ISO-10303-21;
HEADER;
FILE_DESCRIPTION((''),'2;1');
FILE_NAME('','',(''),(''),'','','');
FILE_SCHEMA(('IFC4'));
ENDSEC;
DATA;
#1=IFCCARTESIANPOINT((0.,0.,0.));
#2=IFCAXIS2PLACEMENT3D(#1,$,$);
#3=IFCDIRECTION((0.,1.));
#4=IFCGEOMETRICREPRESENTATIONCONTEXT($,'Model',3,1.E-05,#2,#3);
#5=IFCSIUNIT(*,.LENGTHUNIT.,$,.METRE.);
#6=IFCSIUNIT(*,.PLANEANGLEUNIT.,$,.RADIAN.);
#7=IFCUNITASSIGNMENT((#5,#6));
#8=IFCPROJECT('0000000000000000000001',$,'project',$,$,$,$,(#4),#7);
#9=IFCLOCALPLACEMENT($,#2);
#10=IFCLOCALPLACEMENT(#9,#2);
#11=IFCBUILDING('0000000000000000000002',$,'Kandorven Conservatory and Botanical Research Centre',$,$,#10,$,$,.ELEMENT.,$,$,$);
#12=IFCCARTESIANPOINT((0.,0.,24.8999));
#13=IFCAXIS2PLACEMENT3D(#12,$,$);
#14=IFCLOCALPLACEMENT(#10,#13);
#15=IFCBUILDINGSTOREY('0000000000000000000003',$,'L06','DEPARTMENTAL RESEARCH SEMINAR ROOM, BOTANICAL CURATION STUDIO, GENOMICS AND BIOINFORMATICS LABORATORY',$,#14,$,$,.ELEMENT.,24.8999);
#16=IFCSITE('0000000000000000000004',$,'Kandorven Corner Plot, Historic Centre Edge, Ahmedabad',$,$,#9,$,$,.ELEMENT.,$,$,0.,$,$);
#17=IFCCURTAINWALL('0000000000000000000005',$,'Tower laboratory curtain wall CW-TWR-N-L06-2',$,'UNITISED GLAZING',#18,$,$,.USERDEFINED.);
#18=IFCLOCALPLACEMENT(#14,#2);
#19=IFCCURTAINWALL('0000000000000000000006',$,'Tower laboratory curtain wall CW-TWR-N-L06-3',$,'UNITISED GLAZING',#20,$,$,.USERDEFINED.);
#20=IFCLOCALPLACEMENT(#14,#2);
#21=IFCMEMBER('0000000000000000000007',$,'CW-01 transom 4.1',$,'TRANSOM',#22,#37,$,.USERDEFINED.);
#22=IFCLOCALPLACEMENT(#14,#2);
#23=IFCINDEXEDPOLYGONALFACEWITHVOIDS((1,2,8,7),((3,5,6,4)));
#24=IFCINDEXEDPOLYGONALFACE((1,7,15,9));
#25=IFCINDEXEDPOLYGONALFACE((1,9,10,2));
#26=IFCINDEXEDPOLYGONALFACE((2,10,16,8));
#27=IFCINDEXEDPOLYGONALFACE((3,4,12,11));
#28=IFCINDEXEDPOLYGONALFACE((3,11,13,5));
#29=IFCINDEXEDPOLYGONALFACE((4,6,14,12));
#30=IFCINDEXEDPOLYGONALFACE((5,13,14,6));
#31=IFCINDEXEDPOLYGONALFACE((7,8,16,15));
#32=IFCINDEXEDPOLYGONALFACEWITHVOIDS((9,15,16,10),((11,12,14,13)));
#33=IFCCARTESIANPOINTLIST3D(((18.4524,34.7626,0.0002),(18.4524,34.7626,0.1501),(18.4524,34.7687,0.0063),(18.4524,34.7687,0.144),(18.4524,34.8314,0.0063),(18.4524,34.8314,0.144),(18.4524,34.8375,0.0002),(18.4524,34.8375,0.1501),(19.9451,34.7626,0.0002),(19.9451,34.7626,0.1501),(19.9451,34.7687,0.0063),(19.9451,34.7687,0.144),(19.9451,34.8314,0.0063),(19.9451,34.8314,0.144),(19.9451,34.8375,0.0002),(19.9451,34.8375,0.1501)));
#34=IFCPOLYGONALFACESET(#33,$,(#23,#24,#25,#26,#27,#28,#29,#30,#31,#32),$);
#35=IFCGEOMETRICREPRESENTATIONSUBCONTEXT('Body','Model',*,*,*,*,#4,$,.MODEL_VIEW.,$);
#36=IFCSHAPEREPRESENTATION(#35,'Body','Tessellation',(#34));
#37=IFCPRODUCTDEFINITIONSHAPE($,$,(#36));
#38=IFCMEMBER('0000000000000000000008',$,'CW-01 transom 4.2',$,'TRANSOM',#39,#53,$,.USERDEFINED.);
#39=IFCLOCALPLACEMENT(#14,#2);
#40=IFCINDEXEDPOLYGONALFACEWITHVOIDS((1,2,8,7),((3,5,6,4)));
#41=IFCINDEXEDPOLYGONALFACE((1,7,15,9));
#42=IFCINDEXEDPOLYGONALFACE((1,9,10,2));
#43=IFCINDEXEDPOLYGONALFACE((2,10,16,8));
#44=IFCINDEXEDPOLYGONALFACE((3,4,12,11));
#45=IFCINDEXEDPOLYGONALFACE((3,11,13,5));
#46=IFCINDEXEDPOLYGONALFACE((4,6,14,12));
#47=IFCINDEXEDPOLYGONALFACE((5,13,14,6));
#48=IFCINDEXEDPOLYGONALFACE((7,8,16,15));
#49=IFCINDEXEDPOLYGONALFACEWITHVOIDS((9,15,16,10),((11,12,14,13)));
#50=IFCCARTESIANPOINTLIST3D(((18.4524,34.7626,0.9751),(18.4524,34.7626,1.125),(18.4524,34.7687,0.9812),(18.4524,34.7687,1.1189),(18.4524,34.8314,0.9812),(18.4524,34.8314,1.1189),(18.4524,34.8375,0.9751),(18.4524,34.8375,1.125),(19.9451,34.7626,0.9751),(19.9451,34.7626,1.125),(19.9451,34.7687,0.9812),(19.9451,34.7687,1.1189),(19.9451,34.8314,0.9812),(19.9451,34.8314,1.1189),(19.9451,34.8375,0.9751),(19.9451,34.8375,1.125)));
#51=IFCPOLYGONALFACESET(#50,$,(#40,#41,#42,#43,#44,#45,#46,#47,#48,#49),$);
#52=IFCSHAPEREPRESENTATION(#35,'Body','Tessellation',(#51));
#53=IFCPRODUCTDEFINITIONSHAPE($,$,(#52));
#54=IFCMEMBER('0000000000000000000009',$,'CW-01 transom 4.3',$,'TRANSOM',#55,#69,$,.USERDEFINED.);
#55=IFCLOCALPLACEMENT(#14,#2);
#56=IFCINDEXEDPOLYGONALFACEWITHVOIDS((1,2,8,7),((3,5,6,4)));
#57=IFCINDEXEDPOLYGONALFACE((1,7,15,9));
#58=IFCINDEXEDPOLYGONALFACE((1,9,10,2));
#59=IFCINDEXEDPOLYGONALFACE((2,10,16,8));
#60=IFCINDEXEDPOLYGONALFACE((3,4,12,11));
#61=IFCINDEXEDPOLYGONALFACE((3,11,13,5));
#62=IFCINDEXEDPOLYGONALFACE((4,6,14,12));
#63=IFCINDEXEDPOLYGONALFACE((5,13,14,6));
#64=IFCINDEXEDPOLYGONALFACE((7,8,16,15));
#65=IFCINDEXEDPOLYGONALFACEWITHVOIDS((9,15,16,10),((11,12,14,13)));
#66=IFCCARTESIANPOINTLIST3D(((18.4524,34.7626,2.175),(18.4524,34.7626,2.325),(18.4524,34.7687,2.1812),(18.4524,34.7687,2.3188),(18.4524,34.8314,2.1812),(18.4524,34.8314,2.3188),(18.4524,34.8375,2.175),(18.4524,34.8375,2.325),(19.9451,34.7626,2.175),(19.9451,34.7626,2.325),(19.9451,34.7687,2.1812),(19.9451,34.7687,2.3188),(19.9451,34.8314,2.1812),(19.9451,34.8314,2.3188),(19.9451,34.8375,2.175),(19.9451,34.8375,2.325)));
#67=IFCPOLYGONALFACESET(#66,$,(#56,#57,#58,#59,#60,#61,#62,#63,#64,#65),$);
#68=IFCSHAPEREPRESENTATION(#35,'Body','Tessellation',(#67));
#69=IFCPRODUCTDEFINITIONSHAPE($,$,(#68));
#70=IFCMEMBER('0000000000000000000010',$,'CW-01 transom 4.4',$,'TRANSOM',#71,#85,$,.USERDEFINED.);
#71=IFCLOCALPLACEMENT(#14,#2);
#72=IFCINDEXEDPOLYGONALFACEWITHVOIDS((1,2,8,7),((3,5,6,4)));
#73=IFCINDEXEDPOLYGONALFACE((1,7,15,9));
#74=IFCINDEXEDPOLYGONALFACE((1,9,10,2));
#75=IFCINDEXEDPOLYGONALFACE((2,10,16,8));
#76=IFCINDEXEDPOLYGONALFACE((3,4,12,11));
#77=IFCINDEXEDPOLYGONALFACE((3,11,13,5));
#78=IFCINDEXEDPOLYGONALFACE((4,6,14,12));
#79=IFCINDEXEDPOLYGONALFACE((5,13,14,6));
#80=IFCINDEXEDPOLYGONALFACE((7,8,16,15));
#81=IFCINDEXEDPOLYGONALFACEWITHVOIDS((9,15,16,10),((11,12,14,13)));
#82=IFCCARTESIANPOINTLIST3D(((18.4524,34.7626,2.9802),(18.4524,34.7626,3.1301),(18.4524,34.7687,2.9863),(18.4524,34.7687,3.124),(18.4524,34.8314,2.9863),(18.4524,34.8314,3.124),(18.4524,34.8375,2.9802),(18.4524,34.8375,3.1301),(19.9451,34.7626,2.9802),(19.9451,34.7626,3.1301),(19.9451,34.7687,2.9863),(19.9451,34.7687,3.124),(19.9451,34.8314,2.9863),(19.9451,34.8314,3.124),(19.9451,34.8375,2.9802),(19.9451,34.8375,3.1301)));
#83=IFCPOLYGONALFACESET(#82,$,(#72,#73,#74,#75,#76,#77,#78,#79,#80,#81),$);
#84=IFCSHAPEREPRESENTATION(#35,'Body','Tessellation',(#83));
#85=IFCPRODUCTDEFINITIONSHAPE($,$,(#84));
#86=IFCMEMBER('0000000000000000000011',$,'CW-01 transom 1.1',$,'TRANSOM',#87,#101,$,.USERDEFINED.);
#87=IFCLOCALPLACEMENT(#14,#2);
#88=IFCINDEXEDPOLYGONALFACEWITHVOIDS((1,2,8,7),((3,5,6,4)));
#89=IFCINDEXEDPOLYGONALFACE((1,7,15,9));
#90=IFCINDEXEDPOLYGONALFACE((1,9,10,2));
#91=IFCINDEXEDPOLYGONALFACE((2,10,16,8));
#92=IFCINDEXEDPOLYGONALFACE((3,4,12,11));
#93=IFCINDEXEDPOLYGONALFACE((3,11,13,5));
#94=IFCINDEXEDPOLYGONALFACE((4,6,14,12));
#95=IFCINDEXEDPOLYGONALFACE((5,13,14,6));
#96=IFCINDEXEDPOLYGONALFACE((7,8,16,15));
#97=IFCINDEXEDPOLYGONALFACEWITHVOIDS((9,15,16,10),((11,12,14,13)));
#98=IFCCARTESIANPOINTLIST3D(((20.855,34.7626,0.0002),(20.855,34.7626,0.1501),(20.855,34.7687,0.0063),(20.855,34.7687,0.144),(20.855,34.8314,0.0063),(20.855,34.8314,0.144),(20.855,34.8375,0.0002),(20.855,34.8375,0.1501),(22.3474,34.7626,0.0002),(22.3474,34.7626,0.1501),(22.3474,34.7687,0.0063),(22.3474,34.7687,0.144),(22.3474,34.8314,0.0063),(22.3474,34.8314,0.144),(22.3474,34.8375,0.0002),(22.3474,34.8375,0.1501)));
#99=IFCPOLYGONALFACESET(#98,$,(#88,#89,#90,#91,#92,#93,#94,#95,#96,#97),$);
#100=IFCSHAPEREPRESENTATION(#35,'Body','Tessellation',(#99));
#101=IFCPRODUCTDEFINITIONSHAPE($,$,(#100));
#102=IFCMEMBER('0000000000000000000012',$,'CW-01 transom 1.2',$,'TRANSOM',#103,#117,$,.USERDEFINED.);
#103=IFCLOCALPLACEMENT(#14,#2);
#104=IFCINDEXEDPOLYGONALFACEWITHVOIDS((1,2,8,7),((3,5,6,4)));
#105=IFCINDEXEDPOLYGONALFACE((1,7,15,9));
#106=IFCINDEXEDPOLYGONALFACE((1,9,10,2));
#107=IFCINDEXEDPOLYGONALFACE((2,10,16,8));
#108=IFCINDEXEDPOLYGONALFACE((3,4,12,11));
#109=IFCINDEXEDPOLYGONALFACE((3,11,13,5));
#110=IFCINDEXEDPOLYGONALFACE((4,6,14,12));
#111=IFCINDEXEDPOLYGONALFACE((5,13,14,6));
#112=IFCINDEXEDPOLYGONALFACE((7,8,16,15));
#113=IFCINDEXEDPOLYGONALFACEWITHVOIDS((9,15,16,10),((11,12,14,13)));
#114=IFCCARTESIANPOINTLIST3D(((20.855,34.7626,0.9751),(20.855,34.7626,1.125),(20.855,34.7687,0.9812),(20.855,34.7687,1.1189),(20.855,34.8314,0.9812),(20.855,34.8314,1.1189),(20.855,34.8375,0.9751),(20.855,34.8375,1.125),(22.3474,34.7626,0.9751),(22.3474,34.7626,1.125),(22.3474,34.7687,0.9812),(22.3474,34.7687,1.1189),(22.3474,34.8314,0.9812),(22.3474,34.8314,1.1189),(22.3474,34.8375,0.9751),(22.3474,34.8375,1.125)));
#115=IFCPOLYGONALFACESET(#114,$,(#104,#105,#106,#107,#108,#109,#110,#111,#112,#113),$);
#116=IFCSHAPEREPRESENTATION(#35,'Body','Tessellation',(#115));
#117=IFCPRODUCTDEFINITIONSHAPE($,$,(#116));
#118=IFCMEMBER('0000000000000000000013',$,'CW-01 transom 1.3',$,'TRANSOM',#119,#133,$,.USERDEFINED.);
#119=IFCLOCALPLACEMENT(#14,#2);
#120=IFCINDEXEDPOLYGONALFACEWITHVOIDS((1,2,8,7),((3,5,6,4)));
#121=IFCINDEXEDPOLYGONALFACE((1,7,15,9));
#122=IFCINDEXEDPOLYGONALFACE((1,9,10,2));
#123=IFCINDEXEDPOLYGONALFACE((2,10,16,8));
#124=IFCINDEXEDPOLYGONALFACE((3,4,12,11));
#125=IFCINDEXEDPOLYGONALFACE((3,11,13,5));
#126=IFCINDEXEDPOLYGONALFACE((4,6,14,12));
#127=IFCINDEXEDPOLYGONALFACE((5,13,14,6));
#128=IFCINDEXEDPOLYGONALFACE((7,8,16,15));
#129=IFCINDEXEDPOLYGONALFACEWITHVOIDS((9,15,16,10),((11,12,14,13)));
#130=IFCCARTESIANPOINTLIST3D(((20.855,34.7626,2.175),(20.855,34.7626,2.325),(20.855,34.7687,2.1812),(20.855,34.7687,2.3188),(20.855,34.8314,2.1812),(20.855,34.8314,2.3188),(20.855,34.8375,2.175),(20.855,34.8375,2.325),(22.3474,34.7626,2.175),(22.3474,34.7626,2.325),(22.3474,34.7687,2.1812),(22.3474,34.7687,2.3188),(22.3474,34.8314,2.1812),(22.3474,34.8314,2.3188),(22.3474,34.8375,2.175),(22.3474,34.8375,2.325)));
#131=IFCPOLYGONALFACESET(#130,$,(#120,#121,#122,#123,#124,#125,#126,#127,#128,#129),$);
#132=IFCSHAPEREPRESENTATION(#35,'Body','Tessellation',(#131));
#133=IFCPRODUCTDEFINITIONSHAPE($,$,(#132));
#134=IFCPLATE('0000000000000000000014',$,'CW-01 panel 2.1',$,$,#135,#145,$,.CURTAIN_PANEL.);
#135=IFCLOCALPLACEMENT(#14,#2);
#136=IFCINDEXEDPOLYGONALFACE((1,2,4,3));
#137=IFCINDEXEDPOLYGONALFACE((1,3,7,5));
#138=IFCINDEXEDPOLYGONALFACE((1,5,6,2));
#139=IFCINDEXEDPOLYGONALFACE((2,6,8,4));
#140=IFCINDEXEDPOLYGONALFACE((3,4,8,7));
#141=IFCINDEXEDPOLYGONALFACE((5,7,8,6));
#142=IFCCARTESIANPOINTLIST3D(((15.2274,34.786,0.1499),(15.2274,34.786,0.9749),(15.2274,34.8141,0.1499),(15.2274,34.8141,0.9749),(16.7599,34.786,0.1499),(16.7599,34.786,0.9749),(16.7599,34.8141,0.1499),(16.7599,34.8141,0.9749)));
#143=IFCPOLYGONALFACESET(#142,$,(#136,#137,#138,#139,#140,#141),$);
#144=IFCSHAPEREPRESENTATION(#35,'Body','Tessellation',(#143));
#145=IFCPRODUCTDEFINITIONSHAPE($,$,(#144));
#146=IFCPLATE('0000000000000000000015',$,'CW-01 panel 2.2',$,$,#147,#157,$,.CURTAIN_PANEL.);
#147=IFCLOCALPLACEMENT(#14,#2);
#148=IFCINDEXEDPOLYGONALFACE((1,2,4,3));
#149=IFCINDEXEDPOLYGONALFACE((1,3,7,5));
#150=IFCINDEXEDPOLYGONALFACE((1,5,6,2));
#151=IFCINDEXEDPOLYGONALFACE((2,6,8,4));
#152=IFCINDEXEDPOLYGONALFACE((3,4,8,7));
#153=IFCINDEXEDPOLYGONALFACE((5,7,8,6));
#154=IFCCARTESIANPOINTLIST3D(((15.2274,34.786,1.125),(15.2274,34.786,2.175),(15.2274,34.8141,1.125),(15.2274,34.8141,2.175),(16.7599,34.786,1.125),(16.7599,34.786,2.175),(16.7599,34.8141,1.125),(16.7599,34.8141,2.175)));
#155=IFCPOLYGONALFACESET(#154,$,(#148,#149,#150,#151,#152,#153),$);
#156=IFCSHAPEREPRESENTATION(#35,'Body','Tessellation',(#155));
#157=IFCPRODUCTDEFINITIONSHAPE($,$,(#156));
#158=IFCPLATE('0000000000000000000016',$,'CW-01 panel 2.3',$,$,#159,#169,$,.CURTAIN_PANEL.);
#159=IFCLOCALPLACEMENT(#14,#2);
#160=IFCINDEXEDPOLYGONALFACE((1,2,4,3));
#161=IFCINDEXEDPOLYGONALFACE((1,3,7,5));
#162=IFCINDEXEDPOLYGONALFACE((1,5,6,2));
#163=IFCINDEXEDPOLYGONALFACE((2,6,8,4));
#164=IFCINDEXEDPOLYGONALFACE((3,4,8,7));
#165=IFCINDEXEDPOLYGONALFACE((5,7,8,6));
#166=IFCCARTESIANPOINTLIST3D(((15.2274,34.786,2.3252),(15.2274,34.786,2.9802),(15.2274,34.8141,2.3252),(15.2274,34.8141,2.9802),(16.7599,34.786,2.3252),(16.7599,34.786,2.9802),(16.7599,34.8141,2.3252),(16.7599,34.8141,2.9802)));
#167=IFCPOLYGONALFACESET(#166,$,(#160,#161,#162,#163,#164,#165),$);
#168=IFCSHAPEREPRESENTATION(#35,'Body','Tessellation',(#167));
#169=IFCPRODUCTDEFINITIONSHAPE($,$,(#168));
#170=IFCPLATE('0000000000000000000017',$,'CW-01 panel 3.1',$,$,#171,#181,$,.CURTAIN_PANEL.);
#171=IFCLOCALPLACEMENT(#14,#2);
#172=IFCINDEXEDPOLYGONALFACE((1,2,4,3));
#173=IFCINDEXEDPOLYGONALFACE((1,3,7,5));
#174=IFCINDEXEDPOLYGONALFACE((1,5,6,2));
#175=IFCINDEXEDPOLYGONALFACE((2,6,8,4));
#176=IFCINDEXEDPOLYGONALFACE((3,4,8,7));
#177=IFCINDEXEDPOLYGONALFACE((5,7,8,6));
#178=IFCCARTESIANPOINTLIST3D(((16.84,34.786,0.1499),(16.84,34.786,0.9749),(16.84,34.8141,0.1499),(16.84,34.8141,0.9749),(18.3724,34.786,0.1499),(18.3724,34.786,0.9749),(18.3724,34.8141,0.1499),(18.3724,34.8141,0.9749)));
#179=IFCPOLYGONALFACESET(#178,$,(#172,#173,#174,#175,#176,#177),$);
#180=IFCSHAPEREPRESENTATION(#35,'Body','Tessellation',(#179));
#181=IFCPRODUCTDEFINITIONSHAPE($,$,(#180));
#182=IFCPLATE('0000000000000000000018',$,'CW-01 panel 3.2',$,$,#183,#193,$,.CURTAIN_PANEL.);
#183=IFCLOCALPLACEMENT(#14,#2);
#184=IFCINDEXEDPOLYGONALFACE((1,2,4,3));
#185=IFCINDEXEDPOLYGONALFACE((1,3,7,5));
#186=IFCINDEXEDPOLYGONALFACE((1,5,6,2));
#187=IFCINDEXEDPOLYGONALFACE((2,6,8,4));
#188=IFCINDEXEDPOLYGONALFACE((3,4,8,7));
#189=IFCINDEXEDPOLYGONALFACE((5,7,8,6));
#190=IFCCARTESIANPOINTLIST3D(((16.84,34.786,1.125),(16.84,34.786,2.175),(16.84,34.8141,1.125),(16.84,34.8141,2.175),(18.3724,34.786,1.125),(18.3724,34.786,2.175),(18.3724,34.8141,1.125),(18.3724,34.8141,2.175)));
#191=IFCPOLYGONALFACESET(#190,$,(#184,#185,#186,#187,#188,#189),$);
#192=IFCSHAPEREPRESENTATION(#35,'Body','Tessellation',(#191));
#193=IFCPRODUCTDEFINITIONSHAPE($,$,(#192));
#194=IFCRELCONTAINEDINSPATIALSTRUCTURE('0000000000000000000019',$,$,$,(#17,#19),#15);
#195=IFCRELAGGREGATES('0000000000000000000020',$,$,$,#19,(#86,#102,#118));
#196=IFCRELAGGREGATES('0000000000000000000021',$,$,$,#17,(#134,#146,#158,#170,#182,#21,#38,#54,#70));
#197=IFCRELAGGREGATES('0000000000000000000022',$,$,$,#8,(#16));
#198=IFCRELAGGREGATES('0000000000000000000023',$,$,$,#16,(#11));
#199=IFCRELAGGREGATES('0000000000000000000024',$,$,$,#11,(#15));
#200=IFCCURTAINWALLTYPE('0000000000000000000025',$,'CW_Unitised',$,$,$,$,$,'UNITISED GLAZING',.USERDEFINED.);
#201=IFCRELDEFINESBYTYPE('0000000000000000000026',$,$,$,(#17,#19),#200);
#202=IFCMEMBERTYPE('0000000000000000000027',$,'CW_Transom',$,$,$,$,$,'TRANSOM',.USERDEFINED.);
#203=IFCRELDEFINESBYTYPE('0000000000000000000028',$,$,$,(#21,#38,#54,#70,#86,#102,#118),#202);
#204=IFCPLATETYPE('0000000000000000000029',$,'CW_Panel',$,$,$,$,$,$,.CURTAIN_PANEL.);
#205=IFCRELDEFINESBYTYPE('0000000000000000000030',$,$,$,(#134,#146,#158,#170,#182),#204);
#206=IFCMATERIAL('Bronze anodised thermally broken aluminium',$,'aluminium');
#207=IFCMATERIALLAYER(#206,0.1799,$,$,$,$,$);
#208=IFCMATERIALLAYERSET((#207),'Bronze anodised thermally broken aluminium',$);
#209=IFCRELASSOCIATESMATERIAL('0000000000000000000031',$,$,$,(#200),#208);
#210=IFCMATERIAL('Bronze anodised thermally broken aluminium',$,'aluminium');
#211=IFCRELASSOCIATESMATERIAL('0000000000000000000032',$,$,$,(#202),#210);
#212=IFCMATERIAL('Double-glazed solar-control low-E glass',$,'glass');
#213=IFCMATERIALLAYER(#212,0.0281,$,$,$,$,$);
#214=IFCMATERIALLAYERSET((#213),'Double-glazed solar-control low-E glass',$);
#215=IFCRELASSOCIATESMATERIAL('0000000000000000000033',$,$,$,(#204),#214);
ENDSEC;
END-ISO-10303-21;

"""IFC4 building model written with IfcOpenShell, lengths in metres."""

from ifc_helpers import new_model, si_unit, direction, frame, origin, origin_2d, place, context, subcontext, project, spatial, rectangle, hollow_rectangle, extrude, material, layer, layer_set, material_profile, profile_set, type_object, element, aggregate, save


model = new_model("IFC4")

# Units and contexts
model_context = context("Model", 3, precision=1e-05, world=origin(), true_north=direction((0.0, 1.0)))
body_context = subcontext(model_context, "Body", "Model", "MODEL_VIEW")
ifc_project = project(units=[si_unit("LENGTHUNIT", "METRE"), si_unit("PLANEANGLEUNIT", "RADIAN")], contexts=[model_context])

# Site, building, storey
site_placement = place(None, origin())
site = spatial("IfcSite", under=ifc_project, at=site_placement, Name="Kandorven Corner Plot, Historic Centre Edge, Ahmedabad", CompositionType="ELEMENT", RefElevation=0.0)
building_placement = place(site_placement, origin())
building = spatial("IfcBuilding", under=site, at=building_placement, Name="Kandorven Conservatory and Botanical Research Centre", CompositionType="ELEMENT")
storey_placement = place(building_placement, frame((0.0, 0.0, 24.8999)))
storey = spatial("IfcBuildingStorey", under=building, at=storey_placement, Name="L06", Description="DEPARTMENTAL RESEARCH SEMINAR ROOM, BOTANICAL CURATION STUDIO, GENOMICS AND BIOINFORMATICS LABORATORY", CompositionType="ELEMENT", Elevation=24.8999)

# Curtain wall
ifc_material_1 = material(Name="Bronze anodised thermally broken aluminium", Category="aluminium")
ifc_layer_1 = layer(ifc_material_1, 0.1799)
ifc_layer_set_1 = layer_set([ifc_layer_1], Name="Bronze anodised thermally broken aluminium")
curtain_wall_type = type_object("IfcCurtainWallType", Name="CW_Unitised", ElementType="UNITISED GLAZING", PredefinedType="USERDEFINED", material=ifc_layer_set_1)
curtain_wall_1_placement = place(storey_placement, origin())
curtain_wall_1 = element("IfcCurtainWall", 1, at=curtain_wall_1_placement, inside=storey, type_object=curtain_wall_type, Name="Tower laboratory curtain wall CW-TWR-N-L06-2", ObjectType="UNITISED GLAZING", PredefinedType="USERDEFINED")

# Curtain wall
curtain_wall_2_placement = place(storey_placement, origin())
curtain_wall_2 = element("IfcCurtainWall", 2, at=curtain_wall_2_placement, inside=storey, type_object=curtain_wall_type, Name="Tower laboratory curtain wall CW-TWR-N-L06-3", ObjectType="UNITISED GLAZING", PredefinedType="USERDEFINED")

# Members
ifc_material_2 = material(Name="Bronze anodised thermally broken aluminium", Category="aluminium")
ifc_material_profile_1 = material_profile(ifc_material_2, hollow_rectangle(XDim=0.075, YDim=0.1499, WallThickness=0.0061, at=origin_2d()))
ifc_profile_set_1 = profile_set([ifc_material_profile_1], Name="Bronze anodised thermally broken aluminium")
member_type_1 = type_object("IfcMemberType", Name="CW_Transom", ElementType="TRANSOM", PredefinedType="USERDEFINED", material=ifc_profile_set_1)
member_1_placement = place(storey_placement, frame((18.4524, 34.8, 0.0752), z_axis=(1.0, 0.0, 0.0), x_axis=(0.0, 1.0, 0.0)))
member_1 = element("IfcMember", 3, at=member_1_placement, type_object=member_type_1, Name="CW-01 transom 4.1", ObjectType="TRANSOM", PredefinedType="USERDEFINED", context=body_context, shape_type="SweptSolid", body=[
    extrude(hollow_rectangle(XDim=0.075, YDim=0.1499, WallThickness=0.0061, at=origin_2d()), origin(), (0.0, 0.0, 1.0), 1.4927),
])
member_2_placement = place(storey_placement, frame((18.4524, 34.8, 1.05), z_axis=(1.0, 0.0, 0.0), x_axis=(0.0, 1.0, 0.0)))
member_2 = element("IfcMember", 4, at=member_2_placement, type_object=member_type_1, Name="CW-01 transom 4.2", ObjectType="TRANSOM", PredefinedType="USERDEFINED", context=body_context, shape_type="SweptSolid", body=[
    extrude(hollow_rectangle(XDim=0.075, YDim=0.1499, WallThickness=0.0061, at=origin_2d()), origin(), (0.0, 0.0, 1.0), 1.4927),
])
member_3_placement = place(storey_placement, frame((18.4524, 34.8, 2.25), z_axis=(1.0, 0.0, 0.0), x_axis=(0.0, 1.0, 0.0)))
member_3 = element("IfcMember", 5, at=member_3_placement, type_object=member_type_1, Name="CW-01 transom 4.3", ObjectType="TRANSOM", PredefinedType="USERDEFINED", context=body_context, shape_type="SweptSolid", body=[
    extrude(hollow_rectangle(XDim=0.075, YDim=0.1499, WallThickness=0.0061, at=origin_2d()), origin(), (0.0, 0.0, 1.0), 1.4927),
])
member_4_placement = place(storey_placement, frame((18.4524, 34.8, 3.0552), z_axis=(1.0, 0.0, 0.0), x_axis=(0.0, 1.0, 0.0)))
member_4 = element("IfcMember", 6, at=member_4_placement, type_object=member_type_1, Name="CW-01 transom 4.4", ObjectType="TRANSOM", PredefinedType="USERDEFINED", context=body_context, shape_type="SweptSolid", body=[
    extrude(hollow_rectangle(XDim=0.075, YDim=0.1499, WallThickness=0.0061, at=origin_2d()), origin(), (0.0, 0.0, 1.0), 1.4927),
])
member_5_placement = place(storey_placement, frame((20.855, 34.8, 0.0752), z_axis=(1.0, 0.0, 0.0), x_axis=(0.0, 1.0, 0.0)))
member_5 = element("IfcMember", 7, at=member_5_placement, type_object=member_type_1, Name="CW-01 transom 1.1", ObjectType="TRANSOM", PredefinedType="USERDEFINED", context=body_context, shape_type="SweptSolid", body=[
    extrude(hollow_rectangle(XDim=0.075, YDim=0.1499, WallThickness=0.0061, at=origin_2d()), origin(), (0.0, 0.0, 1.0), 1.4924),
])
member_6_placement = place(storey_placement, frame((20.855, 34.8, 1.05), z_axis=(1.0, 0.0, 0.0), x_axis=(0.0, 1.0, 0.0)))
member_6 = element("IfcMember", 8, at=member_6_placement, type_object=member_type_1, Name="CW-01 transom 1.2", ObjectType="TRANSOM", PredefinedType="USERDEFINED", context=body_context, shape_type="SweptSolid", body=[
    extrude(hollow_rectangle(XDim=0.075, YDim=0.1499, WallThickness=0.0061, at=origin_2d()), origin(), (0.0, 0.0, 1.0), 1.4924),
])
member_7_placement = place(storey_placement, frame((20.855, 34.8, 2.25), z_axis=(1.0, 0.0, 0.0), x_axis=(0.0, 1.0, 0.0)))
member_7 = element("IfcMember", 9, at=member_7_placement, type_object=member_type_1, Name="CW-01 transom 1.3", ObjectType="TRANSOM", PredefinedType="USERDEFINED", context=body_context, shape_type="SweptSolid", body=[
    extrude(hollow_rectangle(XDim=0.075, YDim=0.1499, WallThickness=0.0061, at=origin_2d()), origin(), (0.0, 0.0, 1.0), 1.4924),
])
aggregate(curtain_wall_2, [member_5, member_6, member_7])

# Plates
ifc_material_3 = material(Name="Double-glazed solar-control low-E glass", Category="glass")
ifc_layer_2 = layer(ifc_material_3, 0.0281)
ifc_layer_set_2 = layer_set([ifc_layer_2], Name="Double-glazed solar-control low-E glass")
plate_type = type_object("IfcPlateType", Name="CW_Panel", PredefinedType="CURTAIN_PANEL", material=ifc_layer_set_2)
plate_1_placement = place(storey_placement, frame((15.9937, 34.8, 0.1499), z_axis=(0.0, 0.0, 1.0), x_axis=(1.0, 0.0, 0.0)))
plate_1 = element("IfcPlate", 10, at=plate_1_placement, type_object=plate_type, Name="CW-01 panel 2.1", PredefinedType="CURTAIN_PANEL", context=body_context, shape_type="SweptSolid", body=[
    extrude(rectangle(XDim=1.5325, YDim=0.0281, at=origin_2d()), origin(), (0.0, 0.0, 1.0), 0.825),
])
plate_2_placement = place(storey_placement, frame((15.9937, 34.8, 1.125), z_axis=(0.0, 0.0, 1.0), x_axis=(1.0, 0.0, 0.0)))
plate_2 = element("IfcPlate", 11, at=plate_2_placement, type_object=plate_type, Name="CW-01 panel 2.2", PredefinedType="CURTAIN_PANEL", context=body_context, shape_type="SweptSolid", body=[
    extrude(rectangle(XDim=1.5325, YDim=0.0281, at=origin_2d()), origin(), (0.0, 0.0, 1.0), 1.05),
])
plate_3_placement = place(storey_placement, frame((15.9937, 34.8, 2.3252), z_axis=(0.0, 0.0, 1.0), x_axis=(1.0, 0.0, 0.0)))
plate_3 = element("IfcPlate", 12, at=plate_3_placement, type_object=plate_type, Name="CW-01 panel 2.3", PredefinedType="CURTAIN_PANEL", context=body_context, shape_type="SweptSolid", body=[
    extrude(rectangle(XDim=1.5325, YDim=0.0281, at=origin_2d()), origin(), (0.0, 0.0, 1.0), 0.655),
])
plate_4_placement = place(storey_placement, frame((17.6062, 34.8, 0.1499), z_axis=(0.0, 0.0, 1.0), x_axis=(1.0, 0.0, 0.0)))
plate_4 = element("IfcPlate", 13, at=plate_4_placement, type_object=plate_type, Name="CW-01 panel 3.1", PredefinedType="CURTAIN_PANEL", context=body_context, shape_type="SweptSolid", body=[
    extrude(rectangle(XDim=1.5325, YDim=0.0281, at=origin_2d()), origin(), (0.0, 0.0, 1.0), 0.825),
])
plate_5_placement = place(storey_placement, frame((17.6062, 34.8, 1.125), z_axis=(0.0, 0.0, 1.0), x_axis=(1.0, 0.0, 0.0)))
plate_5 = element("IfcPlate", 14, at=plate_5_placement, type_object=plate_type, Name="CW-01 panel 3.2", PredefinedType="CURTAIN_PANEL", context=body_context, shape_type="SweptSolid", body=[
    extrude(rectangle(XDim=1.5325, YDim=0.0281, at=origin_2d()), origin(), (0.0, 0.0, 1.0), 1.05),
])
aggregate(curtain_wall_1, [plate_1, plate_2, plate_3, plate_4, plate_5, member_1, member_2, member_3, member_4])

save(model, "model.ifc")
